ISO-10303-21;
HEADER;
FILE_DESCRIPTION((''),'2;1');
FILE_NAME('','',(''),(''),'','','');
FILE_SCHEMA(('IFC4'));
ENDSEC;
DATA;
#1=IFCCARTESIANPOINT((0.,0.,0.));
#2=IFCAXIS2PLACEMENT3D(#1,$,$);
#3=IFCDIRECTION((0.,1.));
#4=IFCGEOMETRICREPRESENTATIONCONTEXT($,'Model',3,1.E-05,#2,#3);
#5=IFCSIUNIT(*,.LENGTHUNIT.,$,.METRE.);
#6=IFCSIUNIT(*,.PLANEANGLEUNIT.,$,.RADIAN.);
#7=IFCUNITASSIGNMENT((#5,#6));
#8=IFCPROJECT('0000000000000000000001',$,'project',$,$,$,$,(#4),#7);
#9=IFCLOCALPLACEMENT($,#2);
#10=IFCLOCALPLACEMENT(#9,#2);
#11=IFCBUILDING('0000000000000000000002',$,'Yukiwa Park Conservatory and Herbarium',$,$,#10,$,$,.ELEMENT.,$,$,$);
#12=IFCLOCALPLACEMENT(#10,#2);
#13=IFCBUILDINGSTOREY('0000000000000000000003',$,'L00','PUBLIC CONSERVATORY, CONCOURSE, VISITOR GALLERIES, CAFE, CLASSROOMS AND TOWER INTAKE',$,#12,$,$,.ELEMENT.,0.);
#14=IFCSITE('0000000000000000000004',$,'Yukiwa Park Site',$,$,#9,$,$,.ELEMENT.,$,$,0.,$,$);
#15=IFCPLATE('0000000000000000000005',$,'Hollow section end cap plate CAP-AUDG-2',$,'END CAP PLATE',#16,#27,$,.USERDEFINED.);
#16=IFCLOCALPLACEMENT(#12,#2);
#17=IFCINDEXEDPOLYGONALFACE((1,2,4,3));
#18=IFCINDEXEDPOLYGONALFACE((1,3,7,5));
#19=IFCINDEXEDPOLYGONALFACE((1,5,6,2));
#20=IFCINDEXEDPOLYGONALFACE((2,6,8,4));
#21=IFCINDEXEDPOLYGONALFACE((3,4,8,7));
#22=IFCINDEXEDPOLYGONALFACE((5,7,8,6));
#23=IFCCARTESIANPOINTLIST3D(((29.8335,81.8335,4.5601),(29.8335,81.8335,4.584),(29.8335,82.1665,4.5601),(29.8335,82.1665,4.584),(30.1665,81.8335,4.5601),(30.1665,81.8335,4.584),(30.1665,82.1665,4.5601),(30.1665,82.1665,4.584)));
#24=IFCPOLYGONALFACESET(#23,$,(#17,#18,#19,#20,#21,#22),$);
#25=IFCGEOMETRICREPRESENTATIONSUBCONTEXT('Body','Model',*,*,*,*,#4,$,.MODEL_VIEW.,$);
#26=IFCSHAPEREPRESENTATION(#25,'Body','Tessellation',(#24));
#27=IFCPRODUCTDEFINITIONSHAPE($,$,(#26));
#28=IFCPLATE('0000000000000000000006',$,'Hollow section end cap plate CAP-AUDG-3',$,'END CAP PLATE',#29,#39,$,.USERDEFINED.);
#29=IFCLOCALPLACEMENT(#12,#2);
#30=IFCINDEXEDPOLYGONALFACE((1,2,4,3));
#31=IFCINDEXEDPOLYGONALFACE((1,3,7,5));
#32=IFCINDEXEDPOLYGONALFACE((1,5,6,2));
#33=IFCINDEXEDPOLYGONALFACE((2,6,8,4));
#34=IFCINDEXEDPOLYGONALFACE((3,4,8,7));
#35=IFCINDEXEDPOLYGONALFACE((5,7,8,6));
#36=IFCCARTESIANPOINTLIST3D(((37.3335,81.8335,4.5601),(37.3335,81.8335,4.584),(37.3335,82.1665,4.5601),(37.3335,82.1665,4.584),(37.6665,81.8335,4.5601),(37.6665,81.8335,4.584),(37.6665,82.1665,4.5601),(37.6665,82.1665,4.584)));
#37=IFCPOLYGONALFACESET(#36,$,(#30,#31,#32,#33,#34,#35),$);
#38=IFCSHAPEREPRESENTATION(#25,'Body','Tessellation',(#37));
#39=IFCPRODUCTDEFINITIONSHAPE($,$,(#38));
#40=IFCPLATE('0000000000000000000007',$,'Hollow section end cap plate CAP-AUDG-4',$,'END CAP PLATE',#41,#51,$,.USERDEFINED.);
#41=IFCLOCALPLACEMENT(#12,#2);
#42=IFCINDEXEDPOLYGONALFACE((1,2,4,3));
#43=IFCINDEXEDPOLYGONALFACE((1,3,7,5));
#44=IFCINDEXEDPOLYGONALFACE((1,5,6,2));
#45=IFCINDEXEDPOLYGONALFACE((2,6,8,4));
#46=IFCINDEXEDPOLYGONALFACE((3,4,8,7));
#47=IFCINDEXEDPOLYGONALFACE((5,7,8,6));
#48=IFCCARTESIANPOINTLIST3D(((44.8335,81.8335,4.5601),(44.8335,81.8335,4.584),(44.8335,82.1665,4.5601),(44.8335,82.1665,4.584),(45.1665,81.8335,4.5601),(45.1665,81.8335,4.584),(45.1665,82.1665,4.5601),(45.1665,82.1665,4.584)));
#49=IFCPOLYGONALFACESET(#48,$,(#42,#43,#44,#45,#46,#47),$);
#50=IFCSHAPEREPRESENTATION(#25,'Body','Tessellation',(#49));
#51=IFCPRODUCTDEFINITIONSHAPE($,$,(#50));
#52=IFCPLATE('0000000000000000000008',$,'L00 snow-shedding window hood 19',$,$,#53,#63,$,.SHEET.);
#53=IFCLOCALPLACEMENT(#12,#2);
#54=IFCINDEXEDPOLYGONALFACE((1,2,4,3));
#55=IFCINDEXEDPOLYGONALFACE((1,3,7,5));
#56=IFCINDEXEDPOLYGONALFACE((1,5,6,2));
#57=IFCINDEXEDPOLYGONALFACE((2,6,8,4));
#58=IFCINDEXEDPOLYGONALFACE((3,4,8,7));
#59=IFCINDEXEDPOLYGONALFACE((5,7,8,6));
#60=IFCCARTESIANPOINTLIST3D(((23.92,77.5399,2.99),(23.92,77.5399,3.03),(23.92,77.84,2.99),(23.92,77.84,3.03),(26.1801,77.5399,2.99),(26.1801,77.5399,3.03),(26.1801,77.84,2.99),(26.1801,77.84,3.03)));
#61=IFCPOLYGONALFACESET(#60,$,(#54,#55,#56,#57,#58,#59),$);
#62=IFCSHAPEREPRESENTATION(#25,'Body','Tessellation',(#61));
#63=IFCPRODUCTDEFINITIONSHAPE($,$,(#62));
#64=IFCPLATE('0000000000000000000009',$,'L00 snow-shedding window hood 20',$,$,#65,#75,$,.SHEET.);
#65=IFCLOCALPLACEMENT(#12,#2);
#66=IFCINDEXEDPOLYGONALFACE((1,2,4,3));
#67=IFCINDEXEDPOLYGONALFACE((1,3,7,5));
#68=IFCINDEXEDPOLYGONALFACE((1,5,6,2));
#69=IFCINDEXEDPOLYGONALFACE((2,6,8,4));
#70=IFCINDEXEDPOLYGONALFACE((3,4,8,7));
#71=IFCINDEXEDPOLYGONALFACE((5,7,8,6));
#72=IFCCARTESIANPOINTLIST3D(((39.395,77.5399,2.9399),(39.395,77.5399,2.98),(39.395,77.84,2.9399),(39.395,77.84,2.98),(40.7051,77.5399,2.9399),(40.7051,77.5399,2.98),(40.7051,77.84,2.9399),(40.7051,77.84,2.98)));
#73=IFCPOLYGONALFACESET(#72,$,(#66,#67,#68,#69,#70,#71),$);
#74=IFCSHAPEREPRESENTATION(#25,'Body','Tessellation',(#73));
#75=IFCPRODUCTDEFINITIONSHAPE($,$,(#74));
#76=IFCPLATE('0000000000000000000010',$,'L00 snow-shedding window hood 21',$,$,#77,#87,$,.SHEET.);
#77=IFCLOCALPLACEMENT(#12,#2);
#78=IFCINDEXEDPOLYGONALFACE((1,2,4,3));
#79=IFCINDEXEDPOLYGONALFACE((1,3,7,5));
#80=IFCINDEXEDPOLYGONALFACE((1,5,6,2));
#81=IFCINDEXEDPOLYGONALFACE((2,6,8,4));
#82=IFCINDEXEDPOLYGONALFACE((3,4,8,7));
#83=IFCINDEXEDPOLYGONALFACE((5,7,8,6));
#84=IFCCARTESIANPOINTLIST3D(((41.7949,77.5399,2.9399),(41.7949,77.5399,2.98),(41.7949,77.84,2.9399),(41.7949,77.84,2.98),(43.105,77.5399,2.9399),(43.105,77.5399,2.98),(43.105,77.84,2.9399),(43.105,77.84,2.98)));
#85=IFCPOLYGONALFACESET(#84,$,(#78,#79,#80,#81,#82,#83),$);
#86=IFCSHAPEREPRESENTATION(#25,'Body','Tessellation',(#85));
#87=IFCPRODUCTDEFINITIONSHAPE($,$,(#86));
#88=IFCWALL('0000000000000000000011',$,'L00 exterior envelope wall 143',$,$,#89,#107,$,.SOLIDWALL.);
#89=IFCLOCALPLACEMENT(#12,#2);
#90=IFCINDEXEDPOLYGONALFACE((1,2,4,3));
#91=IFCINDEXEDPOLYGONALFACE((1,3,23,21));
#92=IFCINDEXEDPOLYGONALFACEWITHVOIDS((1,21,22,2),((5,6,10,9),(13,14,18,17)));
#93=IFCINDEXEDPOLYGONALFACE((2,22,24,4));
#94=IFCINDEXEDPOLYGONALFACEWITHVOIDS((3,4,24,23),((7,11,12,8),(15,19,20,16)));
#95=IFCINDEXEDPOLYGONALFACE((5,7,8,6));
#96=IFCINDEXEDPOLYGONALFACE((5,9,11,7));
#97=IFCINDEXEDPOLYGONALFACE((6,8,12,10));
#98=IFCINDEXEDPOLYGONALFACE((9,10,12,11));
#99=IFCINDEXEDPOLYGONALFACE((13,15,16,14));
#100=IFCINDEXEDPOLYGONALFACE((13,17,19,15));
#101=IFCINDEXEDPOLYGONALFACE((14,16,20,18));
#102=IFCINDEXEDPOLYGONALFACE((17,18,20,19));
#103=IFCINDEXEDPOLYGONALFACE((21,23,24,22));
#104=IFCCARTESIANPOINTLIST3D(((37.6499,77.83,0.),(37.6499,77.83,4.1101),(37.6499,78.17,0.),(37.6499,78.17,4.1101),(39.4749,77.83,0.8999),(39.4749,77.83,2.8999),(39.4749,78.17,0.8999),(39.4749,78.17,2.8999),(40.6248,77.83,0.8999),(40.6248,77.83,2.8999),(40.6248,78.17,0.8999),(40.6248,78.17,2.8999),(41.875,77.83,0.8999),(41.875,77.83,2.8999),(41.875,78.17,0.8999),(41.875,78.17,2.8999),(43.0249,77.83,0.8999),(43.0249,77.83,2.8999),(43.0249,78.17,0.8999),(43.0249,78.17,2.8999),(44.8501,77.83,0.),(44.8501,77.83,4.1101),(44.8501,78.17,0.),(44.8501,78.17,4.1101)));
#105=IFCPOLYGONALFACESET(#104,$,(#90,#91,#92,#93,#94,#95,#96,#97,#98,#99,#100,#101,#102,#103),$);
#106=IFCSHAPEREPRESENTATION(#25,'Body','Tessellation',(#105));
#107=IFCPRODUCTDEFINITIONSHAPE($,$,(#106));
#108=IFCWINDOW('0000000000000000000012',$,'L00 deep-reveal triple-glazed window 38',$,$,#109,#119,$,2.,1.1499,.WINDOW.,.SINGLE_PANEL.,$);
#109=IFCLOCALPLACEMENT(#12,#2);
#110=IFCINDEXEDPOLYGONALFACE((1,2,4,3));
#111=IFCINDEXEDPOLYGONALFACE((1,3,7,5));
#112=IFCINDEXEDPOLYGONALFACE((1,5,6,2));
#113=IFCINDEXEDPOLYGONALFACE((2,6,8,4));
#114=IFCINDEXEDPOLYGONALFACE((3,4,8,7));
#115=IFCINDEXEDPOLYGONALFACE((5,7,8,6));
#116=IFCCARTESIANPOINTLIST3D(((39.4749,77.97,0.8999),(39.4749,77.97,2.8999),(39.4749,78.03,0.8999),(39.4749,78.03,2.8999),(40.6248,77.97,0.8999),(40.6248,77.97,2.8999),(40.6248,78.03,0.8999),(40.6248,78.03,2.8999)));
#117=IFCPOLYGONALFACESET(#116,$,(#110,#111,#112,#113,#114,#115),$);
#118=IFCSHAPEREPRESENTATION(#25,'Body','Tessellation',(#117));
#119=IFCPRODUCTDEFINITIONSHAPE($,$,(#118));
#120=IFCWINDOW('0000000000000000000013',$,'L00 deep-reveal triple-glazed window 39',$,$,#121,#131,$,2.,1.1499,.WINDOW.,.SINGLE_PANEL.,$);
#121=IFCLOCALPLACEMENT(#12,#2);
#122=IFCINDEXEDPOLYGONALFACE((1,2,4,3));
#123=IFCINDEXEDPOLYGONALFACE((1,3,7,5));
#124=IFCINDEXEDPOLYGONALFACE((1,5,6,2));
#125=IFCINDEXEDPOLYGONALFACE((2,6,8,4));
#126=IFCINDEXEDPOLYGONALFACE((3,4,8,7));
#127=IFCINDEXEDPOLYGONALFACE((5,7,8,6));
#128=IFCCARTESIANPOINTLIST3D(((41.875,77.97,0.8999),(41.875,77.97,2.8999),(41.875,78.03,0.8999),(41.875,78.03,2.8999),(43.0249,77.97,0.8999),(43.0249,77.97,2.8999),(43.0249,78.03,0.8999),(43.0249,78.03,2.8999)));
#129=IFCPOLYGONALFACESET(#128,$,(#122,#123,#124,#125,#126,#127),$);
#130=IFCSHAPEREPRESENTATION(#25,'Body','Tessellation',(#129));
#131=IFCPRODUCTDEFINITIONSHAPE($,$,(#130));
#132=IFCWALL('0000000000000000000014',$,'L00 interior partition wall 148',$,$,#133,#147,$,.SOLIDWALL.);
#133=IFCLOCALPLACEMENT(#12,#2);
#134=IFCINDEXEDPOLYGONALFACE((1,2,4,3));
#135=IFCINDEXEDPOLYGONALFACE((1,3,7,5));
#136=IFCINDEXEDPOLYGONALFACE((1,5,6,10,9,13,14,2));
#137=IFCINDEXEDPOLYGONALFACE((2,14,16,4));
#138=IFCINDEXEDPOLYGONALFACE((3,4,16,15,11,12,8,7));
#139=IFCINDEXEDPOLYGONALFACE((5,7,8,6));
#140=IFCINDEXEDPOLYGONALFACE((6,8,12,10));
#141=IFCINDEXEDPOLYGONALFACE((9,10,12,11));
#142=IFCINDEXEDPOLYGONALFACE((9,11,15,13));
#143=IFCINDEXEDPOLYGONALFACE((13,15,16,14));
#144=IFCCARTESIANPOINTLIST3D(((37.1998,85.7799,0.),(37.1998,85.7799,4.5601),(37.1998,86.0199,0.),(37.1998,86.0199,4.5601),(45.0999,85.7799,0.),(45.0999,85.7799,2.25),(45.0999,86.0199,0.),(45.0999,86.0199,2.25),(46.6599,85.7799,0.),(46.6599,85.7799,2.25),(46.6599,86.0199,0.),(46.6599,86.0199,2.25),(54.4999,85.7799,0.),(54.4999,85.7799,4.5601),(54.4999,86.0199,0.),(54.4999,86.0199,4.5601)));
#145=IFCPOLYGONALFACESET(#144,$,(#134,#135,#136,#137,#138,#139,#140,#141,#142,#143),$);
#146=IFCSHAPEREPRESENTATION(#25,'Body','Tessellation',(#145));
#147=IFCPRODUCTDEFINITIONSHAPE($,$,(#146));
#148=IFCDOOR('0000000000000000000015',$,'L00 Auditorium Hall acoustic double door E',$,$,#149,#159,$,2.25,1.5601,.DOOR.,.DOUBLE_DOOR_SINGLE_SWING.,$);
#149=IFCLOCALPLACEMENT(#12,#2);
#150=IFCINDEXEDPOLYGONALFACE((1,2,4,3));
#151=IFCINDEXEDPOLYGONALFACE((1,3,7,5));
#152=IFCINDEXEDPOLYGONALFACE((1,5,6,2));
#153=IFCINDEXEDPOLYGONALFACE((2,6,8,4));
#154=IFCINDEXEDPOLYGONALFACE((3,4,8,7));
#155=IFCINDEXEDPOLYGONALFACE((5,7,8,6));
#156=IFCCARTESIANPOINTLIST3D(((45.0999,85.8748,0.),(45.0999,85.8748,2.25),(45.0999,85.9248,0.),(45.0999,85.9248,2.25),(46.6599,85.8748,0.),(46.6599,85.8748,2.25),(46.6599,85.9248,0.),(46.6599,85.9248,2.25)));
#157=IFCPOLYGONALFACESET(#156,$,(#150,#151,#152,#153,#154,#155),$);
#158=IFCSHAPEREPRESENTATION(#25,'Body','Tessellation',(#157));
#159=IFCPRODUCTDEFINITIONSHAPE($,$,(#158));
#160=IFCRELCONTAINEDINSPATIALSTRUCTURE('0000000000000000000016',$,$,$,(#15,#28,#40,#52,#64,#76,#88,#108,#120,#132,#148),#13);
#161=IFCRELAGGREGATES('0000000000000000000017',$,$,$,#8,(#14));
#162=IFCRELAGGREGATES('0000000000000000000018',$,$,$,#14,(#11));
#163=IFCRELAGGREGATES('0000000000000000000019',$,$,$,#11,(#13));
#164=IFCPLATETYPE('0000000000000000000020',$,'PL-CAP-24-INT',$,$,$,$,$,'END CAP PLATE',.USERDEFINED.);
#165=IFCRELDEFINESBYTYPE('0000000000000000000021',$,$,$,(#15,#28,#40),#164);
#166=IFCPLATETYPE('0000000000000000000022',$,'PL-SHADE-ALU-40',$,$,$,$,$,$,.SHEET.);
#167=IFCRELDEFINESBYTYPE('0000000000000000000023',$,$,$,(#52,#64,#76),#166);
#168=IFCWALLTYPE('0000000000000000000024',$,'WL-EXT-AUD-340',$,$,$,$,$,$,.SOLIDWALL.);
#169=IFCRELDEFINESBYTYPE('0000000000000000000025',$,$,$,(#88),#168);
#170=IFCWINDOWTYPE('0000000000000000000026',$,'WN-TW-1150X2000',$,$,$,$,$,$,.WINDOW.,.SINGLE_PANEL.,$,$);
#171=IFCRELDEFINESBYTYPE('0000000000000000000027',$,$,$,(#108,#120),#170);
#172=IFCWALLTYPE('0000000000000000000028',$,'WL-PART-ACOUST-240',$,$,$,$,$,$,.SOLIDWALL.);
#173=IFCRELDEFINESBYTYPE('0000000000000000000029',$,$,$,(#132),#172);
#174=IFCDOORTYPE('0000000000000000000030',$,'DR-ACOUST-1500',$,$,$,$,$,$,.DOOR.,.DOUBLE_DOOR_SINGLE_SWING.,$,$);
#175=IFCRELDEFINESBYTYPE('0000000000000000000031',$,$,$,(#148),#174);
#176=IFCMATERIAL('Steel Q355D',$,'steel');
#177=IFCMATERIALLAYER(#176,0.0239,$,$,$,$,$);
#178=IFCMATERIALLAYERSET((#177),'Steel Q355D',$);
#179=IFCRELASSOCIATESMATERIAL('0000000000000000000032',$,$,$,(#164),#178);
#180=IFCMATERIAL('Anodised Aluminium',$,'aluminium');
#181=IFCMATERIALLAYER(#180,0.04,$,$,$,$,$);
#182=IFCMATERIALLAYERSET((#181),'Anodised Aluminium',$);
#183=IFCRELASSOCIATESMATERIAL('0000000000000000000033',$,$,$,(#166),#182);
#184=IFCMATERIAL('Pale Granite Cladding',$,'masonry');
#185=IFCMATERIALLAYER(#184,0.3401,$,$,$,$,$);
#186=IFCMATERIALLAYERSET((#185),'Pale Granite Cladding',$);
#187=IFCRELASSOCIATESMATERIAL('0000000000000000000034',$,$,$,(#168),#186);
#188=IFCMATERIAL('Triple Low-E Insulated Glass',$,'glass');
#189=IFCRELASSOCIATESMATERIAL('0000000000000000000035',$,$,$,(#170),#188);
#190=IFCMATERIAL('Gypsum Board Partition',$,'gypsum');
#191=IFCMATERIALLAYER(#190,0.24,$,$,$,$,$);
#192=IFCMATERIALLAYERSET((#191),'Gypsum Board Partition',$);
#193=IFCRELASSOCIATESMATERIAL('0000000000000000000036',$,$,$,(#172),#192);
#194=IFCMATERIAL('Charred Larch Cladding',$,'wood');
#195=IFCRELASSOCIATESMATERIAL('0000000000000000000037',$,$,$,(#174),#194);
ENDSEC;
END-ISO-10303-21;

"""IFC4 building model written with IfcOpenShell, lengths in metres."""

from ifc_helpers import new_model, si_unit, direction, frame, frame_2d, origin, origin_2d, place, context, subcontext, project, spatial, rectangle, extrude, material, layer, layer_set, type_object, element, fill, save


model = new_model("IFC4")

# Units and contexts
model_context = context("Model", 3, precision=1e-05, world=origin(), true_north=direction((0.0, 1.0)))
body_context = subcontext(model_context, "Body", "Model", "MODEL_VIEW")
ifc_project = project(units=[si_unit("LENGTHUNIT", "METRE"), si_unit("PLANEANGLEUNIT", "RADIAN")], contexts=[model_context])

# Site, building, storey
site_placement = place(None, origin())
site = spatial("IfcSite", under=ifc_project, at=site_placement, Name="Yukiwa Park Site", CompositionType="ELEMENT", RefElevation=0.0)
building_placement = place(site_placement, origin())
building = spatial("IfcBuilding", under=site, at=building_placement, Name="Yukiwa Park Conservatory and Herbarium", CompositionType="ELEMENT")
storey_placement = place(building_placement, origin())
storey = spatial("IfcBuildingStorey", under=building, at=storey_placement, Name="L00", Description="PUBLIC CONSERVATORY, CONCOURSE, VISITOR GALLERIES, CAFE, CLASSROOMS AND TOWER INTAKE", CompositionType="ELEMENT", Elevation=0.0)

# Plates
ifc_material_1 = material(Name="Steel Q355D", Category="steel")
ifc_layer_1 = layer(ifc_material_1, 0.0239)
ifc_layer_set_1 = layer_set([ifc_layer_1], Name="Steel Q355D")
plate_type_1 = type_object("IfcPlateType", Name="PL-CAP-24-INT", ElementType="END CAP PLATE", PredefinedType="USERDEFINED", material=ifc_layer_set_1)
for number, where, z_axis, x_axis, name in (
    (1, (30.0, 82.0, 4.5601), (0.0, 0.0, 1.0), (1.0, 0.0, 0.0), "Hollow section end cap plate CAP-AUDG-2"),
    (2, (37.5, 82.0, 4.5601), (0.0, 0.0, 1.0), (1.0, 0.0, 0.0), "Hollow section end cap plate CAP-AUDG-3"),
    (3, (45.0, 82.0, 4.5601), (0.0, 0.0, 1.0), (1.0, 0.0, 0.0), "Hollow section end cap plate CAP-AUDG-4"),
):
    element("IfcPlate", number, at=place(storey_placement, frame(where, z_axis=z_axis, x_axis=x_axis)), inside=storey, type_object=plate_type_1, Name=name, ObjectType="END CAP PLATE", PredefinedType="USERDEFINED", context=body_context, shape_type="SweptSolid", body=[
        extrude(rectangle(XDim=0.333, YDim=0.333, at=origin_2d()), origin(), (0.0, 0.0, 1.0), 0.0239),
    ])
ifc_material_2 = material(Name="Anodised Aluminium", Category="aluminium")
ifc_layer_2 = layer(ifc_material_2, 0.04)
ifc_layer_set_2 = layer_set([ifc_layer_2], Name="Anodised Aluminium")
plate_type_2 = type_object("IfcPlateType", Name="PL-SHADE-ALU-40", PredefinedType="SHEET", material=ifc_layer_set_2)
plate_placement = place(storey_placement, frame((25.05, 77.6899, 2.99), z_axis=(0.0, 0.0, 1.0), x_axis=(1.0, 0.0, 0.0)))
element("IfcPlate", 4, at=plate_placement, inside=storey, type_object=plate_type_2, Name="L00 snow-shedding window hood 19", PredefinedType="SHEET", context=body_context, shape_type="SweptSolid", body=[
    extrude(rectangle(XDim=2.26, YDim=0.3, at=origin_2d()), origin(), (0.0, 0.0, 1.0), 0.04),
])
for number, where, z_axis, x_axis, name in (
    (5, (40.05, 77.6899, 2.9399), (0.0, 0.0, 1.0), (1.0, 0.0, 0.0), "L00 snow-shedding window hood 20"),
    (6, (42.45, 77.6899, 2.9399), (0.0, 0.0, 1.0), (1.0, 0.0, 0.0), "L00 snow-shedding window hood 21"),
):
    element("IfcPlate", number, at=place(storey_placement, frame(where, z_axis=z_axis, x_axis=x_axis)), inside=storey, type_object=plate_type_2, Name=name, PredefinedType="SHEET", context=body_context, shape_type="SweptSolid", body=[
        extrude(rectangle(XDim=1.3101, YDim=0.3, at=origin_2d()), origin(), (0.0, 0.0, 1.0), 0.04),
    ])

# Shared definitions
ifc_material_3 = material(Name="Pale Granite Cladding", Category="masonry")
ifc_layer_3 = layer(ifc_material_3, 0.3401)
ifc_layer_set_3 = layer_set([ifc_layer_3], Name="Pale Granite Cladding")
wall_type_1 = type_object("IfcWallType", Name="WL-EXT-AUD-340", PredefinedType="SOLIDWALL", material=ifc_layer_set_3)

# Wall, openings, windows
wall_1_placement = place(storey_placement, frame((37.6499, 78.0, 0.0), z_axis=(0.0, 0.0, 1.0), x_axis=(1.0, 0.0, 0.0)))
wall_1 = element("IfcWall", 7, at=wall_1_placement, inside=storey, type_object=wall_type_1, Name="L00 exterior envelope wall 143", PredefinedType="SOLIDWALL", context=body_context, shape_type="SweptSolid", body=[
    extrude(rectangle(XDim=7.2002, YDim=0.3401, at=frame_2d((3.6001, 0.0))), origin(), (0.0, 0.0, 1.0), 4.1101),
])
opening_1_placement = place(wall_1_placement, frame((1.825, 0.0, 0.8999)))
opening_1 = element("IfcOpeningElement", 8, at=opening_1_placement, cuts=wall_1, PredefinedType="OPENING", context=body_context, shape_type="SweptSolid", body=[
    extrude(rectangle(XDim=1.1499, YDim=2.0, at=frame_2d((0.575, 1.0))), frame((0.0, 0.1802, 0.0), z_axis=(0.0, -1.0, 0.0), x_axis=(1.0, 0.0, 0.0)), (0.0, 0.0, 1.0), 0.3601),
])
opening_2_placement = place(wall_1_placement, frame((4.2251, 0.0, 0.8999)))
opening_2 = element("IfcOpeningElement", 9, at=opening_2_placement, cuts=wall_1, PredefinedType="OPENING", context=body_context, shape_type="SweptSolid", body=[
    extrude(rectangle(XDim=1.1499, YDim=2.0, at=frame_2d((0.575, 1.0))), frame((0.0, 0.1802, 0.0), z_axis=(0.0, -1.0, 0.0), x_axis=(1.0, 0.0, 0.0)), (0.0, 0.0, 1.0), 0.3601),
])
ifc_material_4 = material(Name="Triple Low-E Insulated Glass", Category="glass")
window_type = type_object("IfcWindowType", Name="WN-TW-1150X2000", PartitioningType="SINGLE_PANEL", PredefinedType="WINDOW", material=ifc_material_4)
window_1_placement = place(opening_1_placement, origin())
window_1 = element("IfcWindow", 10, at=window_1_placement, inside=storey, type_object=window_type, Name="L00 deep-reveal triple-glazed window 38", OverallHeight=2.0, OverallWidth=1.1499, PartitioningType="SINGLE_PANEL", PredefinedType="WINDOW", context=body_context, shape_type="SweptSolid", body=[
    extrude(rectangle(XDim=1.1499, YDim=2.0, at=frame_2d((0.575, 1.0))), frame((0.0, 0.03, 0.0), z_axis=(0.0, -1.0, 0.0), x_axis=(1.0, 0.0, 0.0)), (0.0, 0.0, 1.0), 0.0601),
])
fill(opening_1, window_1)
window_2_placement = place(opening_2_placement, origin())
window_2 = element("IfcWindow", 11, at=window_2_placement, inside=storey, type_object=window_type, Name="L00 deep-reveal triple-glazed window 39", OverallHeight=2.0, OverallWidth=1.1499, PartitioningType="SINGLE_PANEL", PredefinedType="WINDOW", context=body_context, shape_type="SweptSolid", body=[
    extrude(rectangle(XDim=1.1499, YDim=2.0, at=frame_2d((0.575, 1.0))), frame((0.0, 0.03, 0.0), z_axis=(0.0, -1.0, 0.0), x_axis=(1.0, 0.0, 0.0)), (0.0, 0.0, 1.0), 0.0601),
])
fill(opening_2, window_2)

# Wall, opening, door
ifc_material_5 = material(Name="Gypsum Board Partition", Category="gypsum")
ifc_layer_4 = layer(ifc_material_5, 0.24)
ifc_layer_set_4 = layer_set([ifc_layer_4], Name="Gypsum Board Partition")
wall_type_2 = type_object("IfcWallType", Name="WL-PART-ACOUST-240", PredefinedType="SOLIDWALL", material=ifc_layer_set_4)
wall_2_placement = place(storey_placement, frame((37.2, 85.8999, 0.0), z_axis=(0.0, 0.0, 1.0), x_axis=(1.0, 0.0, 0.0)))
wall_2 = element("IfcWall", 12, at=wall_2_placement, inside=storey, type_object=wall_type_2, Name="L00 interior partition wall 148", PredefinedType="SOLIDWALL", context=body_context, shape_type="SweptSolid", body=[
    extrude(rectangle(XDim=17.3, YDim=0.24, at=frame_2d((8.6499, 0.0))), origin(), (0.0, 0.0, 1.0), 4.5601),
])
opening_3_placement = place(wall_2_placement, frame((7.8999, 0.0, 0.0)))
opening_3 = element("IfcOpeningElement", 13, at=opening_3_placement, cuts=wall_2, PredefinedType="OPENING", context=body_context, shape_type="SweptSolid", body=[
    extrude(rectangle(XDim=1.5601, YDim=2.25, at=frame_2d((0.78, 1.125))), frame((0.0, 0.1299, 0.0), z_axis=(0.0, -1.0, 0.0), x_axis=(1.0, 0.0, 0.0)), (0.0, 0.0, 1.0), 0.26),
])
ifc_material_6 = material(Name="Charred Larch Cladding", Category="wood")
door_type_1 = type_object("IfcDoorType", Name="DR-ACOUST-1500", OperationType="DOUBLE_DOOR_SINGLE_SWING", PredefinedType="DOOR", material=ifc_material_6)
door_1_placement = place(opening_3_placement, origin())
door_1 = element("IfcDoor", 14, at=door_1_placement, inside=storey, type_object=door_type_1, Name="L00 Auditorium Hall acoustic double door E", OperationType="DOUBLE_DOOR_SINGLE_SWING", OverallHeight=2.25, OverallWidth=1.5601, PredefinedType="DOOR", context=body_context, shape_type="SweptSolid", body=[
    extrude(rectangle(XDim=1.5601, YDim=2.25, at=frame_2d((0.78, 1.125))), frame((0.0, 0.0249, 0.0), z_axis=(0.0, -1.0, 0.0), x_axis=(1.0, 0.0, 0.0)), (0.0, 0.0, 1.0), 0.05),
])
fill(opening_3, door_1)

save(model, "model.ifc")
